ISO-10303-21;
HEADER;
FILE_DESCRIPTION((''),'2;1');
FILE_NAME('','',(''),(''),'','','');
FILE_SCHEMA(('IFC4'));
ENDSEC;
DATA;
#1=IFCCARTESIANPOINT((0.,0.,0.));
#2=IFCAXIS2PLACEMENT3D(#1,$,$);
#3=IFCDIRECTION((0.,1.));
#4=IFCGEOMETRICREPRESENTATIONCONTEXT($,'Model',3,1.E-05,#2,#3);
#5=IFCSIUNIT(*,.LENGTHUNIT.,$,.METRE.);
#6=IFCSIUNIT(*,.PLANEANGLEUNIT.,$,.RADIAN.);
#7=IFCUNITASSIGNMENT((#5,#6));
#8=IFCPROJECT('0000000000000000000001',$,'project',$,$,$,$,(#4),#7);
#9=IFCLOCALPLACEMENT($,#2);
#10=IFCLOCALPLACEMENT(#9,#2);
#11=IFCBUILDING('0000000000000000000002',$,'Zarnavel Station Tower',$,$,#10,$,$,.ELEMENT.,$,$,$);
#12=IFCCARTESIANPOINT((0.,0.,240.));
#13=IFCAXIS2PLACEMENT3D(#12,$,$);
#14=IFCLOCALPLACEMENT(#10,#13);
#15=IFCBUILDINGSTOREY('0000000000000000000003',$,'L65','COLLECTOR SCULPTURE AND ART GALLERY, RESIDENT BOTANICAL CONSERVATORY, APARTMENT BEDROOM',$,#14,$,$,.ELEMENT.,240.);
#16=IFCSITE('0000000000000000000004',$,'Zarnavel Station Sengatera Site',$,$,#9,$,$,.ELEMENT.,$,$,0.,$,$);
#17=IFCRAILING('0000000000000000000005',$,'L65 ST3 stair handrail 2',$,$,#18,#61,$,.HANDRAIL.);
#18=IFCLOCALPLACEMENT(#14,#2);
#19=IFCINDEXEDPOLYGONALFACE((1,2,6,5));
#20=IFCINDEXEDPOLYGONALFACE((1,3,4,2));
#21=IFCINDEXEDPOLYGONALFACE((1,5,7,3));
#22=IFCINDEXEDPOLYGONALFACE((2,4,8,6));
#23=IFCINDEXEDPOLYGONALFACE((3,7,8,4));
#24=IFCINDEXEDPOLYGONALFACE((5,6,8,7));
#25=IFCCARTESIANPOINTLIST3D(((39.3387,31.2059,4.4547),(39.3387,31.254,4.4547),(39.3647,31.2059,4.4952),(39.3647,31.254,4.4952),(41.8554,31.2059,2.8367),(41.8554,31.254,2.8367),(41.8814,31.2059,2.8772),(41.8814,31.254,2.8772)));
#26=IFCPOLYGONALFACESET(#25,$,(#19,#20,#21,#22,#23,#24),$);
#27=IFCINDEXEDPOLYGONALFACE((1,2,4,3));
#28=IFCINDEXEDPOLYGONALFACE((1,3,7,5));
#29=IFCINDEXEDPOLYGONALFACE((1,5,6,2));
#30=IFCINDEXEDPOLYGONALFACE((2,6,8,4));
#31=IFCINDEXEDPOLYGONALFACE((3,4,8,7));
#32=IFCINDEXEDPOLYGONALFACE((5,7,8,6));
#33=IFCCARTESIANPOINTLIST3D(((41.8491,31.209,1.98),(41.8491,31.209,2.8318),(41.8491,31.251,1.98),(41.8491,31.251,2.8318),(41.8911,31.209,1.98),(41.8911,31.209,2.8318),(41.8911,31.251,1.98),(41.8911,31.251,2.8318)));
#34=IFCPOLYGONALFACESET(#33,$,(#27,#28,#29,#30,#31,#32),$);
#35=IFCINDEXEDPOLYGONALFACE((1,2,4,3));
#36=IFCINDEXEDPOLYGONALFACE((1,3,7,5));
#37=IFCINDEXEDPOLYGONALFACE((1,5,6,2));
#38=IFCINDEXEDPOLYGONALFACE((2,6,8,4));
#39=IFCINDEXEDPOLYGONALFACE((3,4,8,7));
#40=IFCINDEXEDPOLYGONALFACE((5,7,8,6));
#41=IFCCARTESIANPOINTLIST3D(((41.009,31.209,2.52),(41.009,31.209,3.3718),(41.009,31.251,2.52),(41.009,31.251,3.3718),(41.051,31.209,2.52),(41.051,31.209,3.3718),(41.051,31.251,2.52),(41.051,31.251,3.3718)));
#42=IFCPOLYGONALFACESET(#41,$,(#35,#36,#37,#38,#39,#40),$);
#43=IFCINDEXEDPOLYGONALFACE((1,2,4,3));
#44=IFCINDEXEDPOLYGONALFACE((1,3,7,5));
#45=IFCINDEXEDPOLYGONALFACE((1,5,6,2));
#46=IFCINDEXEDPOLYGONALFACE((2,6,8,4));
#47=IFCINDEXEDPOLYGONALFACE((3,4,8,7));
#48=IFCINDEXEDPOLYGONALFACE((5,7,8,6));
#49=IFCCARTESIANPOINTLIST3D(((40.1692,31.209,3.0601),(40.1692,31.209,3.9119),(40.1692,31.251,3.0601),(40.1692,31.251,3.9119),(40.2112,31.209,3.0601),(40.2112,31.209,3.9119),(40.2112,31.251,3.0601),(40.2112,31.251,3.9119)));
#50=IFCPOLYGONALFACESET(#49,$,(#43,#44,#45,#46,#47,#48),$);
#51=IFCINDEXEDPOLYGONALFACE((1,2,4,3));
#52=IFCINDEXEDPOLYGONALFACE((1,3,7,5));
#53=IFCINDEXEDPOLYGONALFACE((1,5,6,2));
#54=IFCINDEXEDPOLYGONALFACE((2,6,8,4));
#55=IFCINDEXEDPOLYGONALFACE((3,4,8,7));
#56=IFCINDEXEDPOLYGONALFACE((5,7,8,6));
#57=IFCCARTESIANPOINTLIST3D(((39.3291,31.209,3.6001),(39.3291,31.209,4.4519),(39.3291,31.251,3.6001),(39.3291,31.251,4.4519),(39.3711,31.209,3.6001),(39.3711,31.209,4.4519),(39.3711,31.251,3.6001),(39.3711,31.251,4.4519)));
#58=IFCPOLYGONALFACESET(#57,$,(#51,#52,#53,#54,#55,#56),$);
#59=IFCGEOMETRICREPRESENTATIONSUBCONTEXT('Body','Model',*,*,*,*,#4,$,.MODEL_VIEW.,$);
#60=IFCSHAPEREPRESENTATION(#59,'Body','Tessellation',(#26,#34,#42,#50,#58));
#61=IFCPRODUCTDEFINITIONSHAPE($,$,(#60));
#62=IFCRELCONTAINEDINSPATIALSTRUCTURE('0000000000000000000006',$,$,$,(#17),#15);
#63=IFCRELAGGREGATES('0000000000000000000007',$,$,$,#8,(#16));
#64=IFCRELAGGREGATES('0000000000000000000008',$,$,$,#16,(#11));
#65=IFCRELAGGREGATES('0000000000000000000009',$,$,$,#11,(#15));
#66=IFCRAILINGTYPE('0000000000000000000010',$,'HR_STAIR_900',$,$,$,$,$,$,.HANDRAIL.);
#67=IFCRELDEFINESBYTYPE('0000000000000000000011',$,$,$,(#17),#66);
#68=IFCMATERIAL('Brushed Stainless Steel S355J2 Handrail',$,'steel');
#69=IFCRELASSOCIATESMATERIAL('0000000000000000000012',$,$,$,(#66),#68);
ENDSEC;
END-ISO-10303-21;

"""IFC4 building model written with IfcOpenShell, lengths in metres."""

from ifc_helpers import new_model, si_unit, direction, frame, origin, origin_2d, place, context, subcontext, project, spatial, rectangle, extrude, material, type_object, element, save


model = new_model("IFC4")

# Units and contexts
model_context = context("Model", 3, precision=1e-05, world=origin(), true_north=direction((0.0, 1.0)))
body_context = subcontext(model_context, "Body", "Model", "MODEL_VIEW")
ifc_project = project(units=[si_unit("LENGTHUNIT", "METRE"), si_unit("PLANEANGLEUNIT", "RADIAN")], contexts=[model_context])

# Site, building, storey
site_placement = place(None, origin())
site = spatial("IfcSite", under=ifc_project, at=site_placement, Name="Zarnavel Station Sengatera Site", CompositionType="ELEMENT", RefElevation=0.0)
building_placement = place(site_placement, origin())
building = spatial("IfcBuilding", under=site, at=building_placement, Name="Zarnavel Station Tower", CompositionType="ELEMENT")
storey_placement = place(building_placement, frame((0.0, 0.0, 240.0)))
storey = spatial("IfcBuildingStorey", under=building, at=storey_placement, Name="L65", Description="COLLECTOR SCULPTURE AND ART GALLERY, RESIDENT BOTANICAL CONSERVATORY, APARTMENT BEDROOM", CompositionType="ELEMENT", Elevation=240.0)

# Railing
ifc_material_1 = material(Name="Brushed Stainless Steel S355J2 Handrail", Category="steel")
railing_type_1 = type_object("IfcRailingType", Name="HR_STAIR_900", PredefinedType="HANDRAIL", material=ifc_material_1)
railing_1_placement = place(storey_placement, frame((41.8701, 31.23, 1.98)))
element("IfcRailing", 1, at=railing_1_placement, inside=storey, type_object=railing_type_1, Name="L65 ST3 stair handrail 2", PredefinedType="HANDRAIL", context=body_context, shape_type="SweptSolid", body=[
    extrude(rectangle(XDim=0.0481, YDim=0.0481, at=origin_2d()), frame((-0.0017, 0.0, 0.877), z_axis=(-0.841163, 0.0, 0.540782), x_axis=(0.0, -1.0, 0.0)), (0.0, 0.0, 1.0), 2.9919),
    extrude(rectangle(XDim=0.042, YDim=0.042, at=origin_2d()), origin(), (0.0, 0.0, 1.0), 0.8518),
    extrude(rectangle(XDim=0.042, YDim=0.042, at=origin_2d()), frame((-0.8401, 0.0, 0.54)), (0.0, 0.0, 1.0), 0.8518),
    extrude(rectangle(XDim=0.042, YDim=0.042, at=origin_2d()), frame((-1.6799, 0.0, 1.0801)), (0.0, 0.0, 1.0), 0.8518),
    extrude(rectangle(XDim=0.042, YDim=0.042, at=origin_2d()), frame((-2.52, 0.0, 1.6201)), (0.0, 0.0, 1.0), 0.8518),
])

save(model, "model.ifc")
